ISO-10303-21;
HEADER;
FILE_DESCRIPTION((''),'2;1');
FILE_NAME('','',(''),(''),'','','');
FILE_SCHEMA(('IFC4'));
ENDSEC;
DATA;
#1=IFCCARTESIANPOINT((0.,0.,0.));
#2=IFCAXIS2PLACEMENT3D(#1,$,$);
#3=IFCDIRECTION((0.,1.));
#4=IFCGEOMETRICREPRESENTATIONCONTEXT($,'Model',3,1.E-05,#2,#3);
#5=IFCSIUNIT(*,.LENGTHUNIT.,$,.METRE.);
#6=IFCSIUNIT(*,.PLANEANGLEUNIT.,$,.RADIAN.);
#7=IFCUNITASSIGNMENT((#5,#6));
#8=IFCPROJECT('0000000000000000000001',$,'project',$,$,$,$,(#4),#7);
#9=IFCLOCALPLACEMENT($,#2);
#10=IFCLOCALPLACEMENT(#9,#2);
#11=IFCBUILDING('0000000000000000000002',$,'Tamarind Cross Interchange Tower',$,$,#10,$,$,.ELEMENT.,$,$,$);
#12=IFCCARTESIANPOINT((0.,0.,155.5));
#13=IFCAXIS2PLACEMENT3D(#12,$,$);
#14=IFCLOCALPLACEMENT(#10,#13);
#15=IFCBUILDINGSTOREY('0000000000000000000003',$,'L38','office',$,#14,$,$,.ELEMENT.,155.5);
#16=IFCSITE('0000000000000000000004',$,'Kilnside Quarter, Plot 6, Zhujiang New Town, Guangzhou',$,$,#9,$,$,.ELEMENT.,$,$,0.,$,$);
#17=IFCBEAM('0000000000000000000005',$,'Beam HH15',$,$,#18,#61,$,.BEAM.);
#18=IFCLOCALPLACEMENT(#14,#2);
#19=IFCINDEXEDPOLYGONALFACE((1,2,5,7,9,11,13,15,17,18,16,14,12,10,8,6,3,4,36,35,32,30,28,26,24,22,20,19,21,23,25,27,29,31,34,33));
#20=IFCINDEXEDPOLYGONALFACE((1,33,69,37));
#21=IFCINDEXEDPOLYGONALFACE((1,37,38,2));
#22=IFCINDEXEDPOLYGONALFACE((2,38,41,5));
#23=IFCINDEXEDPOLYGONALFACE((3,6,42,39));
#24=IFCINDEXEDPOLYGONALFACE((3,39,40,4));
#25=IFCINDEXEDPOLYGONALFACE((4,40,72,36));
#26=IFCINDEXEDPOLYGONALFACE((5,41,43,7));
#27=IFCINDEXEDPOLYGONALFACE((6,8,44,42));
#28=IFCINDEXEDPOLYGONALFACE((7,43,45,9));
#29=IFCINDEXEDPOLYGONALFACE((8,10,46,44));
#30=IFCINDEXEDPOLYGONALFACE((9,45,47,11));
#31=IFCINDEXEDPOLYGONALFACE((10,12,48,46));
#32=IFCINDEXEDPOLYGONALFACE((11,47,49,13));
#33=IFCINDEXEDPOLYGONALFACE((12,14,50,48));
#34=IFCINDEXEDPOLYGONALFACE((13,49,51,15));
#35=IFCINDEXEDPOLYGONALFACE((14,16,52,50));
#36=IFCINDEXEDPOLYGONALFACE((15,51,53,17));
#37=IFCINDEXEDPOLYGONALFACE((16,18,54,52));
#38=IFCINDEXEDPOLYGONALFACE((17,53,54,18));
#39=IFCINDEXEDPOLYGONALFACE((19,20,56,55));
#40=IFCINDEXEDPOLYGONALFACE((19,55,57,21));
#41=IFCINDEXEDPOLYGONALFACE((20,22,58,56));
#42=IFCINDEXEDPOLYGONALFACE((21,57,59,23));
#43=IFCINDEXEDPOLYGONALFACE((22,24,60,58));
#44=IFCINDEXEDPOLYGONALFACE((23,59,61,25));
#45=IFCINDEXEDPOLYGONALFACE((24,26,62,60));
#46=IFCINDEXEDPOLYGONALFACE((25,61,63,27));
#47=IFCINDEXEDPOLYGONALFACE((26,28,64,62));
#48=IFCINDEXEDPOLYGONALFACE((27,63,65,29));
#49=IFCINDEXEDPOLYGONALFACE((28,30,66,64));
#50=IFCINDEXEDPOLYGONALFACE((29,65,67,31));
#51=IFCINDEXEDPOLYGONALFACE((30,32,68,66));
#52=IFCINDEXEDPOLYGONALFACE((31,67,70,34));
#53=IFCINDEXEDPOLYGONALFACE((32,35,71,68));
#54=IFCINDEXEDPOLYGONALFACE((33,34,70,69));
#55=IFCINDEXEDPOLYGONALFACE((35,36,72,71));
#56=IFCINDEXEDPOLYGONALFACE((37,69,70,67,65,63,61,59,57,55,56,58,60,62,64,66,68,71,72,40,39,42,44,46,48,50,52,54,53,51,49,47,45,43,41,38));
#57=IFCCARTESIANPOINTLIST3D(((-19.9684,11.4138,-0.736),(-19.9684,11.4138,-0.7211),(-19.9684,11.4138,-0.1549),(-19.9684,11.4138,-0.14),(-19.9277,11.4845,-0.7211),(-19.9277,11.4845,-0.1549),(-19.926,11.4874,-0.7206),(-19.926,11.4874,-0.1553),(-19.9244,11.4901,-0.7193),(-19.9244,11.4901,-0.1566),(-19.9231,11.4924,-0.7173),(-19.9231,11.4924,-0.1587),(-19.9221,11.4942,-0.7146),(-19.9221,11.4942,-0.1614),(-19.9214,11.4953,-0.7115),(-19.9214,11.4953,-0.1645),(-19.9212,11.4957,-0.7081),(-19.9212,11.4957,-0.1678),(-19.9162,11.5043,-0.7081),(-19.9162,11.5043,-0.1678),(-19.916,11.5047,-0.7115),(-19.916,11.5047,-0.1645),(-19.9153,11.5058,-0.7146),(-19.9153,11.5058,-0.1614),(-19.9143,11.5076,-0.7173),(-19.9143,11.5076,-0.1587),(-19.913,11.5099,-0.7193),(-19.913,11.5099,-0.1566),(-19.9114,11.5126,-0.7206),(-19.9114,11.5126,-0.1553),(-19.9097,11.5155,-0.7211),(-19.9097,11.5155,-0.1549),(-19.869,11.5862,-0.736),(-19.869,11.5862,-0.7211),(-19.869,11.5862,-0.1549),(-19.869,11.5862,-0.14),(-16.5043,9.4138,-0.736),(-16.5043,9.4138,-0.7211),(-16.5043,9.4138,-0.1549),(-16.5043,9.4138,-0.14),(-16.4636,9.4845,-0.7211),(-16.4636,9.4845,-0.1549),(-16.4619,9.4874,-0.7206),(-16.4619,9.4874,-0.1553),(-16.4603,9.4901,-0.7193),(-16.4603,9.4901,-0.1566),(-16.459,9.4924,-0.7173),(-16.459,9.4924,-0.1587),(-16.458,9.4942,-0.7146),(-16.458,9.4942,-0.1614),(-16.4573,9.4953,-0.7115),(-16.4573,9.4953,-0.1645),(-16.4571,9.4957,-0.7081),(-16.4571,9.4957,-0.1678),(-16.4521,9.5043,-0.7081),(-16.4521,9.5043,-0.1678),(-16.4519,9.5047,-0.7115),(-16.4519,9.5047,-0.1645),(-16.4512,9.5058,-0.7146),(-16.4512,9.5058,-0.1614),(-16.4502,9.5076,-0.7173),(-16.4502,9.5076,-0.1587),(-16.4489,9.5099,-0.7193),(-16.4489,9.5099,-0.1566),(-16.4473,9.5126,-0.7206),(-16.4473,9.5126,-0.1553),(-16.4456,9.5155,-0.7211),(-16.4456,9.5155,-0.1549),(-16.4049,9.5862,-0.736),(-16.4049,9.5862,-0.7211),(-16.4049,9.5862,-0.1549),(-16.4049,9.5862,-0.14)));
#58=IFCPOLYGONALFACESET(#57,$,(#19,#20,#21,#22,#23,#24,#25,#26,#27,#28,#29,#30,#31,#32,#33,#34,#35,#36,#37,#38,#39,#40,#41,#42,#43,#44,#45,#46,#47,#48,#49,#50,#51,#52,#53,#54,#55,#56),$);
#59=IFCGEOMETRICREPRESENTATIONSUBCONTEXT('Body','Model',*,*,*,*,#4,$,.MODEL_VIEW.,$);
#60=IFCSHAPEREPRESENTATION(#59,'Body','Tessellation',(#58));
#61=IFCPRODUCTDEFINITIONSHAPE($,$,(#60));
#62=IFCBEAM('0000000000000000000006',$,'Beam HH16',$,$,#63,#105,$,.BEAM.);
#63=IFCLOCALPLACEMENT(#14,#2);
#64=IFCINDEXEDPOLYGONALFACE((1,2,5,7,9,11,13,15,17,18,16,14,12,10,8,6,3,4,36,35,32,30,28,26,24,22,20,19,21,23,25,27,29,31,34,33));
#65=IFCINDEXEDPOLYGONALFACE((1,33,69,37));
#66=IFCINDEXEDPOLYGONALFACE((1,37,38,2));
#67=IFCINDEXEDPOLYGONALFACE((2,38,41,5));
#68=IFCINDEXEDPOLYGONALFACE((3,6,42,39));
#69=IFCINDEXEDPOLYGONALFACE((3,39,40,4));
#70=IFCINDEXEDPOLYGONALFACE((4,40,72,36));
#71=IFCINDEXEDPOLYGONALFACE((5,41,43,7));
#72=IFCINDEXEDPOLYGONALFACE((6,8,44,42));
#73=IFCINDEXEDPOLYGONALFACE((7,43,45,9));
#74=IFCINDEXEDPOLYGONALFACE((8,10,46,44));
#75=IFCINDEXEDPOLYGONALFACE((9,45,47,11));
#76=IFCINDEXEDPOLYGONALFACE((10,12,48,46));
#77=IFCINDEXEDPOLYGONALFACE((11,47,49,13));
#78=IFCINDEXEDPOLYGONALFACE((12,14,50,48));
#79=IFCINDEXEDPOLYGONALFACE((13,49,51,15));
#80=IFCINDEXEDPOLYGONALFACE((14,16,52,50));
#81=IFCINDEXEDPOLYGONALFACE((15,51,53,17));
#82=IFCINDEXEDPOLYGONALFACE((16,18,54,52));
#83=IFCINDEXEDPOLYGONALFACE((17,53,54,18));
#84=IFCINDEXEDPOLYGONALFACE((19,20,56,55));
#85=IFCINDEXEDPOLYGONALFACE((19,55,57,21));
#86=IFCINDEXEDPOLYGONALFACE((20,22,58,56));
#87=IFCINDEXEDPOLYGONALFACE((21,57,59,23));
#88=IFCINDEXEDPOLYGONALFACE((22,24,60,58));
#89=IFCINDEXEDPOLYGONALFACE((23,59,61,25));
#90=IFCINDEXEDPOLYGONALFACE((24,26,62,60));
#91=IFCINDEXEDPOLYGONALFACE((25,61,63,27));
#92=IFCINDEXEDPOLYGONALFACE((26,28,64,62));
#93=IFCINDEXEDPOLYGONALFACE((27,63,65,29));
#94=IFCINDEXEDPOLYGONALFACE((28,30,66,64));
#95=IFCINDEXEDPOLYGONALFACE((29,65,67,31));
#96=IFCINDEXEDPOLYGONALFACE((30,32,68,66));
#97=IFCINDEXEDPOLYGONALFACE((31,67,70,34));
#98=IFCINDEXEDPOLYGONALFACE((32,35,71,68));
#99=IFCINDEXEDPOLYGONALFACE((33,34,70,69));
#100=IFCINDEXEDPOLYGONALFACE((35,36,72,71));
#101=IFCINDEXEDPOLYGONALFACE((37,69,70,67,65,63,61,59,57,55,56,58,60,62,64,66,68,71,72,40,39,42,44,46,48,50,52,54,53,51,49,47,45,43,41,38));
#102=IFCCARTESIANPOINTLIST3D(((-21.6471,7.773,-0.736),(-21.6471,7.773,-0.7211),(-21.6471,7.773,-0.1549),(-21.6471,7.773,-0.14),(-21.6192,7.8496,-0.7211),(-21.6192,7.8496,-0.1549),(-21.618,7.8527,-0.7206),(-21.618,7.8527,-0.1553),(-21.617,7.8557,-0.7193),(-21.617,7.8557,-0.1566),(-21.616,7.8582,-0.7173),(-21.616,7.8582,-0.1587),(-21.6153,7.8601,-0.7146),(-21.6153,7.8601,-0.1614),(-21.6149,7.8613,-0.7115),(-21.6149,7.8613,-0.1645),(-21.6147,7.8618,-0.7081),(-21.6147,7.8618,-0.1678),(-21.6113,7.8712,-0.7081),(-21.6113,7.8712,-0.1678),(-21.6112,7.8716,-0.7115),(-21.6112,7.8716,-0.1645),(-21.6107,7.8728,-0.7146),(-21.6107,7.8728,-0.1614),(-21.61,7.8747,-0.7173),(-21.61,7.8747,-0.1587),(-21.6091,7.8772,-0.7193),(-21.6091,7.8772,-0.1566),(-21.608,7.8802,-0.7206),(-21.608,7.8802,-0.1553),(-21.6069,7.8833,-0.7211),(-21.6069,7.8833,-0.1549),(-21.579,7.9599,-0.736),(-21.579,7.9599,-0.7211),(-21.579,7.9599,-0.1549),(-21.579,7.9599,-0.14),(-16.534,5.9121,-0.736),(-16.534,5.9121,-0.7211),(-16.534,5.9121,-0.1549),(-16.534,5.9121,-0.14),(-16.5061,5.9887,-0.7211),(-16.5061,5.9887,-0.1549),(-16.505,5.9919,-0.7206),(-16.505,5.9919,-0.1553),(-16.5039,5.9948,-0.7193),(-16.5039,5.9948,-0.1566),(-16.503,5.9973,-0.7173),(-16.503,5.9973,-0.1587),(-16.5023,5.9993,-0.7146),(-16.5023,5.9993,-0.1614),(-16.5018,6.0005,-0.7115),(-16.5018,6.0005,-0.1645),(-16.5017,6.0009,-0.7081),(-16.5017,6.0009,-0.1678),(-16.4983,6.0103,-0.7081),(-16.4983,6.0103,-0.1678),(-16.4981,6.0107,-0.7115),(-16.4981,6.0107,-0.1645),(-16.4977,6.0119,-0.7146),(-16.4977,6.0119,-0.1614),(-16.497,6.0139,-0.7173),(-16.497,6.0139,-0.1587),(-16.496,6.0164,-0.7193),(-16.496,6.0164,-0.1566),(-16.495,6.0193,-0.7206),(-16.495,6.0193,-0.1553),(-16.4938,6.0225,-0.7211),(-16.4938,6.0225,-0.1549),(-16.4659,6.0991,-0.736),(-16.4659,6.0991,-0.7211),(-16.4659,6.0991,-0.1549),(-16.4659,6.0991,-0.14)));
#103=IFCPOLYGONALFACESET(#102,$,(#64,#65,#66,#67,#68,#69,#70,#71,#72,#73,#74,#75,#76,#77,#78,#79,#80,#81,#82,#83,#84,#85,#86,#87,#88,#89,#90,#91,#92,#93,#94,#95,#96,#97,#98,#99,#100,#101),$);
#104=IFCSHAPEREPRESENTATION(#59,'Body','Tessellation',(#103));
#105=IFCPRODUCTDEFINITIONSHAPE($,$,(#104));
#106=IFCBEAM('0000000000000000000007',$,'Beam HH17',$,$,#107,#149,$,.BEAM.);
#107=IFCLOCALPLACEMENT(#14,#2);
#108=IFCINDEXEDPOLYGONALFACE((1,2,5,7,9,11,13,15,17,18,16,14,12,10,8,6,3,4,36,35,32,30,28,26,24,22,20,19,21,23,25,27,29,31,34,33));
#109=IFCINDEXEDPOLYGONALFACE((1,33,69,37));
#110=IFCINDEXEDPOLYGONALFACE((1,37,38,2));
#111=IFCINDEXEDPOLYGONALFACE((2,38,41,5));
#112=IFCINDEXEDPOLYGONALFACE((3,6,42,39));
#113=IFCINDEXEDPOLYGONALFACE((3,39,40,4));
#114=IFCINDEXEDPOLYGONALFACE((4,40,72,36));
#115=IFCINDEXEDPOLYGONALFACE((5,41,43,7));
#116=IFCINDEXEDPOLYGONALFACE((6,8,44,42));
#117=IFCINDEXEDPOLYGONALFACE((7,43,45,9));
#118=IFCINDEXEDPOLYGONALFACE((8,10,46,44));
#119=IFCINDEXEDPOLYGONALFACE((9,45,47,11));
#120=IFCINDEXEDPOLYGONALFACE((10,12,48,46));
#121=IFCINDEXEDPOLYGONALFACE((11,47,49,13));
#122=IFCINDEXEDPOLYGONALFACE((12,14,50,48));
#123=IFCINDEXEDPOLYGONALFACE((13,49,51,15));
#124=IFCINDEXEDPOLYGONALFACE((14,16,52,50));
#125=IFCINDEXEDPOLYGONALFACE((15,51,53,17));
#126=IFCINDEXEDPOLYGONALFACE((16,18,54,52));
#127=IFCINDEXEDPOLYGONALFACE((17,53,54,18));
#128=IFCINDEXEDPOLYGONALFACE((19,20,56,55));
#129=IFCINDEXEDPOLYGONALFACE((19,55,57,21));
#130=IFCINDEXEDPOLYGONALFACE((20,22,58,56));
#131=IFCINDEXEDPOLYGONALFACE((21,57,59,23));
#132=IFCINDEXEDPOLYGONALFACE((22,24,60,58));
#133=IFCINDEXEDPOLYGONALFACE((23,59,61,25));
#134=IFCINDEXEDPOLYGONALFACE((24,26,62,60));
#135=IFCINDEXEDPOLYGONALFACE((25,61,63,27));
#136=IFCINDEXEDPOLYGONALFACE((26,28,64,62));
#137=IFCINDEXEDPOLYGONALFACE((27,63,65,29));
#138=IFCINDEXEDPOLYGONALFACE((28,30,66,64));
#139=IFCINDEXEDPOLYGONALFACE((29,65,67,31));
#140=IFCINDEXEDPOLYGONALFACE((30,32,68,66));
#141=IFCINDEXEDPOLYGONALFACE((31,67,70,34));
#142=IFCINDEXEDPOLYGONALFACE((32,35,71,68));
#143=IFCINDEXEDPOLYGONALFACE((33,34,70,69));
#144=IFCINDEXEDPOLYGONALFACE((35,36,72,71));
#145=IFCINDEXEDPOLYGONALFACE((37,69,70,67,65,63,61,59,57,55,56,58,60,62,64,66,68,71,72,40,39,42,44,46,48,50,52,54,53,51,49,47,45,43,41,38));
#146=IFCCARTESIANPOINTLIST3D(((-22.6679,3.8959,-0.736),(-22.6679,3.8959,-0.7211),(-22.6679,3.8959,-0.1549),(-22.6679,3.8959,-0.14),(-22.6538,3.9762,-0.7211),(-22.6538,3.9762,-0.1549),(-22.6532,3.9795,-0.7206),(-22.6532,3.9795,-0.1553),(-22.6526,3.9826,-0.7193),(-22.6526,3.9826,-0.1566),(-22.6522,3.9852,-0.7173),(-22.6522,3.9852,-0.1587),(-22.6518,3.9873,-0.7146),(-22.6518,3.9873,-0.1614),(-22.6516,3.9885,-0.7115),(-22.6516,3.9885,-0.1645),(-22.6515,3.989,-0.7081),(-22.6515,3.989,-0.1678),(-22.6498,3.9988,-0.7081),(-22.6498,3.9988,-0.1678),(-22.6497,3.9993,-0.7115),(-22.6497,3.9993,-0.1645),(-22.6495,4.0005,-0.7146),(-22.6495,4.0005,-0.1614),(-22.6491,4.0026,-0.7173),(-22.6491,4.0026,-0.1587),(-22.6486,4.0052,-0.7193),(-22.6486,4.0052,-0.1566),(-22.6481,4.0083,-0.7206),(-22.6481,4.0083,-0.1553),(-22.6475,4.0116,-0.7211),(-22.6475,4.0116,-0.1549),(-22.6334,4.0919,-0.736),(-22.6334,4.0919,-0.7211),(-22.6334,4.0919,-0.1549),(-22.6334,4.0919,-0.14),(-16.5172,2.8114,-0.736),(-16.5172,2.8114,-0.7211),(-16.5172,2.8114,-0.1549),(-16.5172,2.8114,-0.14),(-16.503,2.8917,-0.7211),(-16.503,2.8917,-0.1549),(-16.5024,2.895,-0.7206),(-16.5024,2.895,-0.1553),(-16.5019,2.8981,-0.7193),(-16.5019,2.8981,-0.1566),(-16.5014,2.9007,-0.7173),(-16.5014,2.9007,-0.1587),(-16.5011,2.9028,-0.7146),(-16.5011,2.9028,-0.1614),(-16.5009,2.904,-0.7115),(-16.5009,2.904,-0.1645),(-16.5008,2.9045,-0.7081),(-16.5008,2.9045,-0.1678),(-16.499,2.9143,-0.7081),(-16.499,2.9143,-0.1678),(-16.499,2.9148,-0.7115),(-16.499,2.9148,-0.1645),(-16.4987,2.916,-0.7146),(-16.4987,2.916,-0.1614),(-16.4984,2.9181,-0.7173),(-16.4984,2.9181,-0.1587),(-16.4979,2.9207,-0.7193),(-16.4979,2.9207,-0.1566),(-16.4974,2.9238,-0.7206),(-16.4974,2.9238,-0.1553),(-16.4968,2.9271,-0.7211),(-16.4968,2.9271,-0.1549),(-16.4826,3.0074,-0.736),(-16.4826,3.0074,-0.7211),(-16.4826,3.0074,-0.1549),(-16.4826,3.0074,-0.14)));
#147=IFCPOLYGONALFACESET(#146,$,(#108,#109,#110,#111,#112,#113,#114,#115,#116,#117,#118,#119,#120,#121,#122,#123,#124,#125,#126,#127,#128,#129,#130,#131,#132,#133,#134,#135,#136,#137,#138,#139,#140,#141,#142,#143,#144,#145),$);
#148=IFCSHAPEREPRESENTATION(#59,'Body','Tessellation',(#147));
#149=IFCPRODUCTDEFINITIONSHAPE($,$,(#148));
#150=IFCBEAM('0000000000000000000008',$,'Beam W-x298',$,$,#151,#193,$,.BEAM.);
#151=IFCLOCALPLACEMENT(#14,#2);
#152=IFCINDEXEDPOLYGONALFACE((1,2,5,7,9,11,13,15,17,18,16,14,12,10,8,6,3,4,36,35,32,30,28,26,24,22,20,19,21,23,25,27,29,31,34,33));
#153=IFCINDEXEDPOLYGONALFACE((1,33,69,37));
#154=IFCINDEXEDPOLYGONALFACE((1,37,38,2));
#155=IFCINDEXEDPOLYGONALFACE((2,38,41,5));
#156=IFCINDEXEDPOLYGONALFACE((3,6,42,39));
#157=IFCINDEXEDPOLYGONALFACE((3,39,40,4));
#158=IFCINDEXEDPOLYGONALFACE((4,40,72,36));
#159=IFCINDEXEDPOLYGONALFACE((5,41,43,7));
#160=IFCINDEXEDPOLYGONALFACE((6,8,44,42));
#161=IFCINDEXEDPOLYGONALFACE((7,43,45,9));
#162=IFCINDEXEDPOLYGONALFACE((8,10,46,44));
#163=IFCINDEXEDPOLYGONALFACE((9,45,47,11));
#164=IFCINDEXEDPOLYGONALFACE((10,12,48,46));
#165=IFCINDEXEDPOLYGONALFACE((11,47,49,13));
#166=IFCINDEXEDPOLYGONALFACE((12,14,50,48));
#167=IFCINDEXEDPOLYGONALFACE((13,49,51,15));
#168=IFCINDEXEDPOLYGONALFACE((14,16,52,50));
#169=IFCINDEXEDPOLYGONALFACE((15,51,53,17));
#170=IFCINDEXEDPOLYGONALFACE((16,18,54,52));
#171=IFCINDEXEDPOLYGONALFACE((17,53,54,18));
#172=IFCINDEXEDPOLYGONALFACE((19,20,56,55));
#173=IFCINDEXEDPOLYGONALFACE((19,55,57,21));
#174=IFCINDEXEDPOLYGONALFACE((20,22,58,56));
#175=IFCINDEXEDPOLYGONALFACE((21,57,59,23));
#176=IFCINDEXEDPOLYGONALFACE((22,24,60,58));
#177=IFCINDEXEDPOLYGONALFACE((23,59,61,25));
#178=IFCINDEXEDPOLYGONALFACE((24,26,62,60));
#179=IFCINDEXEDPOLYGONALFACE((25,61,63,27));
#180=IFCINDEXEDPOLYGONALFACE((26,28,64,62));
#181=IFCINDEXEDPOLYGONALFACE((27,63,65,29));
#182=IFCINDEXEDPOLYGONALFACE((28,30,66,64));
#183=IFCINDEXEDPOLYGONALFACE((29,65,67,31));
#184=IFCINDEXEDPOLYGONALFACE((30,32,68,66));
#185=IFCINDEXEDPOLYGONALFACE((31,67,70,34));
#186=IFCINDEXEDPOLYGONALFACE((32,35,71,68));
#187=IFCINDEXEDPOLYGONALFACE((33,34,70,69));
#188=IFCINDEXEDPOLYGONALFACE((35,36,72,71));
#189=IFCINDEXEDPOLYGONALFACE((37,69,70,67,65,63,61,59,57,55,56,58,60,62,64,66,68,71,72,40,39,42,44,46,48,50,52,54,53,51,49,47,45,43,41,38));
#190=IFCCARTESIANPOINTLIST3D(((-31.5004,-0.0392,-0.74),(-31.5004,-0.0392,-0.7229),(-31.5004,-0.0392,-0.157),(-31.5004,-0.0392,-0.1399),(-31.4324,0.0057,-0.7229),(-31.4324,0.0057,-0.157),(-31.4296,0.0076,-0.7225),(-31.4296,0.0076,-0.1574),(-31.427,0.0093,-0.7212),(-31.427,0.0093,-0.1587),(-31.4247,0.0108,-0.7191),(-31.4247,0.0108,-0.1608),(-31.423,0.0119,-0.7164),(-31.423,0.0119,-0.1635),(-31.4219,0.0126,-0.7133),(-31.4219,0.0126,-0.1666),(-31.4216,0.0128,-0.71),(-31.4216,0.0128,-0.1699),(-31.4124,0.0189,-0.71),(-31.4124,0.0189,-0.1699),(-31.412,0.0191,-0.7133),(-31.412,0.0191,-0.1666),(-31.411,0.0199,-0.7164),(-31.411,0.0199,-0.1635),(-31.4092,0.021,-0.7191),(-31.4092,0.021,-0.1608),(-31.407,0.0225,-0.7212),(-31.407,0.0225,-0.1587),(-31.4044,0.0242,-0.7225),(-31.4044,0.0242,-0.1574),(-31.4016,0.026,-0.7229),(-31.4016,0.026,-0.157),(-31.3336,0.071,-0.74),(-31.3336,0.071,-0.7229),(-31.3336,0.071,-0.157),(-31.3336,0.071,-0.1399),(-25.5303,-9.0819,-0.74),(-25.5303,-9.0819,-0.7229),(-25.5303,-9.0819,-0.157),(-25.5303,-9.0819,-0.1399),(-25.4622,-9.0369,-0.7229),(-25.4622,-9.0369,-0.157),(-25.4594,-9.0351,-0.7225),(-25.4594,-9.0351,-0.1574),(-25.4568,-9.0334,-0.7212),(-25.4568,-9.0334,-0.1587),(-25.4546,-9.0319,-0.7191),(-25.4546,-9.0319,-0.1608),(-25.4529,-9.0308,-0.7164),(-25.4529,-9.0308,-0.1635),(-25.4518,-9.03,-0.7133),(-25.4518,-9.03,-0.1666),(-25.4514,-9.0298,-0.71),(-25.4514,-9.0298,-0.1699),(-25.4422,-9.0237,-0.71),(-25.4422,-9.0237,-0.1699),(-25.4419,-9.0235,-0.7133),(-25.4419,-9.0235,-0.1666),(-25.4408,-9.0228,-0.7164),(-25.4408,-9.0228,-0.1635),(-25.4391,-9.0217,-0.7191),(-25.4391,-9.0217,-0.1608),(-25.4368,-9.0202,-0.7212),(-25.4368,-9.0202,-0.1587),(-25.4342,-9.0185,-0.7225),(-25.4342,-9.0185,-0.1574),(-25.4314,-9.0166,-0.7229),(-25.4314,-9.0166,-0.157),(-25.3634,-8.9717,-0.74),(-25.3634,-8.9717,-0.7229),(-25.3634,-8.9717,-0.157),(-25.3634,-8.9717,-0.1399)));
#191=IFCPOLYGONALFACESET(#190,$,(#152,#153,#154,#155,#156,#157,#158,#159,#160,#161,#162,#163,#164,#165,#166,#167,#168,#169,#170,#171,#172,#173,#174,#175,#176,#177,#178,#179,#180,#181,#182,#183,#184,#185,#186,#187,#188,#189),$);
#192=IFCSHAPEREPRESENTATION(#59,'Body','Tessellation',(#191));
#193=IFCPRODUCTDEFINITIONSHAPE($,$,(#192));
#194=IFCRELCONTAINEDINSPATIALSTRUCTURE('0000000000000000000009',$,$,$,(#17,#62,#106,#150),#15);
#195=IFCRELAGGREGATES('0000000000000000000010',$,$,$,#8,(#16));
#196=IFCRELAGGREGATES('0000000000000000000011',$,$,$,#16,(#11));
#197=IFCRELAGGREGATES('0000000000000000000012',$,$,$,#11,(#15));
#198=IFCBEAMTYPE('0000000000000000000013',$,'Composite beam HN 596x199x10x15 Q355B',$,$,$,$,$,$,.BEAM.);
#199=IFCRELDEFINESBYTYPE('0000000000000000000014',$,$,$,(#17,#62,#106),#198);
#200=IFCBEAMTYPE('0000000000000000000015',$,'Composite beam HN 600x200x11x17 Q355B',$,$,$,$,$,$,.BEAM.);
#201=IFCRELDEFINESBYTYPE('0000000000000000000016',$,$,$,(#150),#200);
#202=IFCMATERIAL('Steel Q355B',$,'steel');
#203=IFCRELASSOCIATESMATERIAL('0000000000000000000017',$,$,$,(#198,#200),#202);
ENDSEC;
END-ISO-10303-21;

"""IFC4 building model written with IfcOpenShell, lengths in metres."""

from ifc_helpers import new_model, si_unit, direction, frame, origin, origin_2d, place, context, subcontext, project, spatial, i_section, extrude, material, material_profile, profile_set, type_object, element, save


model = new_model("IFC4")

# Units and contexts
model_context = context("Model", 3, precision=1e-05, world=origin(), true_north=direction((0.0, 1.0)))
body_context = subcontext(model_context, "Body", "Model", "MODEL_VIEW")
ifc_project = project(units=[si_unit("LENGTHUNIT", "METRE"), si_unit("PLANEANGLEUNIT", "RADIAN")], contexts=[model_context])

# Site, building, storey
site_placement = place(None, origin())
site = spatial("IfcSite", under=ifc_project, at=site_placement, Name="Kilnside Quarter, Plot 6, Zhujiang New Town, Guangzhou", CompositionType="ELEMENT", RefElevation=0.0)
building_placement = place(site_placement, origin())
building = spatial("IfcBuilding", under=site, at=building_placement, Name="Tamarind Cross Interchange Tower", CompositionType="ELEMENT")
storey_placement = place(building_placement, frame((0.0, 0.0, 155.5)))
storey = spatial("IfcBuildingStorey", under=building, at=storey_placement, Name="L38", Description="office", CompositionType="ELEMENT", Elevation=155.5)

# Beams
ifc_material_1 = material(Name="Steel Q355B", Category="steel")
ifc_material_profile_1 = material_profile(ifc_material_1, i_section(OverallWidth=0.199, OverallDepth=0.5959, WebThickness=0.01, FlangeThickness=0.0149, FilletRadius=0.0129, at=origin_2d()), Name="HN 596x199x10x15")
ifc_profile_set_1 = profile_set([ifc_material_profile_1], Name="Steel Q355B")
beam_type_1 = type_object("IfcBeamType", Name="Composite beam HN 596x199x10x15 Q355B", PredefinedType="BEAM", material=ifc_profile_set_1)
beam_1_placement = place(storey_placement, frame((-19.9187, 11.5, -0.438), z_axis=(0.866026, -0.499999, 0.0), x_axis=(0.499999, 0.866026, 0.0)))
element("IfcBeam", 1, at=beam_1_placement, inside=storey, type_object=beam_type_1, Name="Beam HH15", PredefinedType="BEAM", context=body_context, shape_type="SweptSolid", body=[
    extrude(i_section(OverallWidth=0.199, OverallDepth=0.5959, WebThickness=0.01, FlangeThickness=0.0149, FilletRadius=0.0129, at=origin_2d()), origin(), (0.0, 0.0, 1.0), 4.0),
])
beam_2_placement = place(storey_placement, frame((-21.613, 7.8665, -0.438), z_axis=(0.939702, -0.341995, 0.0), x_axis=(0.341995, 0.939702, 0.0)))
element("IfcBeam", 2, at=beam_2_placement, inside=storey, type_object=beam_type_1, Name="Beam HH16", PredefinedType="BEAM", context=body_context, shape_type="SweptSolid", body=[
    extrude(i_section(OverallWidth=0.199, OverallDepth=0.5959, WebThickness=0.01, FlangeThickness=0.0149, FilletRadius=0.0129, at=origin_2d()), origin(), (0.0, 0.0, 1.0), 5.4412),
])
beam_3_placement = place(storey_placement, frame((-22.6506, 3.9939, -0.438), z_axis=(0.984809, -0.17364, 0.0), x_axis=(0.17364, 0.984809, 0.0)))
element("IfcBeam", 3, at=beam_3_placement, inside=storey, type_object=beam_type_1, Name="Beam HH17", PredefinedType="BEAM", context=body_context, shape_type="SweptSolid", body=[
    extrude(i_section(OverallWidth=0.199, OverallDepth=0.5959, WebThickness=0.01, FlangeThickness=0.0149, FilletRadius=0.0129, at=origin_2d()), origin(), (0.0, 0.0, 1.0), 6.2456),
])
ifc_material_profile_2 = material_profile(ifc_material_1, i_section(OverallWidth=0.2, OverallDepth=0.6001, WebThickness=0.011, FlangeThickness=0.0171, FilletRadius=0.0129, at=origin_2d()), Name="HN 600x200x11x17")
ifc_profile_set_2 = profile_set([ifc_material_profile_2], Name="Steel Q355B")
beam_type_2 = type_object("IfcBeamType", Name="Composite beam HN 600x200x11x17 Q355B", PredefinedType="BEAM", material=ifc_profile_set_2)
beam_4_placement = place(storey_placement, frame((-31.417, 0.0159, -0.4399), z_axis=(0.550972, -0.834524, 0.0), x_axis=(0.834524, 0.550972, 0.0)))
element("IfcBeam", 4, at=beam_4_placement, inside=storey, type_object=beam_type_2, Name="Beam W-x298", PredefinedType="BEAM", context=body_context, shape_type="SweptSolid", body=[
    extrude(i_section(OverallWidth=0.2, OverallDepth=0.6001, WebThickness=0.011, FlangeThickness=0.0171, FilletRadius=0.0129, at=origin_2d()), origin(), (0.0, 0.0, 1.0), 10.8357),
])

save(model, "model.ifc")
